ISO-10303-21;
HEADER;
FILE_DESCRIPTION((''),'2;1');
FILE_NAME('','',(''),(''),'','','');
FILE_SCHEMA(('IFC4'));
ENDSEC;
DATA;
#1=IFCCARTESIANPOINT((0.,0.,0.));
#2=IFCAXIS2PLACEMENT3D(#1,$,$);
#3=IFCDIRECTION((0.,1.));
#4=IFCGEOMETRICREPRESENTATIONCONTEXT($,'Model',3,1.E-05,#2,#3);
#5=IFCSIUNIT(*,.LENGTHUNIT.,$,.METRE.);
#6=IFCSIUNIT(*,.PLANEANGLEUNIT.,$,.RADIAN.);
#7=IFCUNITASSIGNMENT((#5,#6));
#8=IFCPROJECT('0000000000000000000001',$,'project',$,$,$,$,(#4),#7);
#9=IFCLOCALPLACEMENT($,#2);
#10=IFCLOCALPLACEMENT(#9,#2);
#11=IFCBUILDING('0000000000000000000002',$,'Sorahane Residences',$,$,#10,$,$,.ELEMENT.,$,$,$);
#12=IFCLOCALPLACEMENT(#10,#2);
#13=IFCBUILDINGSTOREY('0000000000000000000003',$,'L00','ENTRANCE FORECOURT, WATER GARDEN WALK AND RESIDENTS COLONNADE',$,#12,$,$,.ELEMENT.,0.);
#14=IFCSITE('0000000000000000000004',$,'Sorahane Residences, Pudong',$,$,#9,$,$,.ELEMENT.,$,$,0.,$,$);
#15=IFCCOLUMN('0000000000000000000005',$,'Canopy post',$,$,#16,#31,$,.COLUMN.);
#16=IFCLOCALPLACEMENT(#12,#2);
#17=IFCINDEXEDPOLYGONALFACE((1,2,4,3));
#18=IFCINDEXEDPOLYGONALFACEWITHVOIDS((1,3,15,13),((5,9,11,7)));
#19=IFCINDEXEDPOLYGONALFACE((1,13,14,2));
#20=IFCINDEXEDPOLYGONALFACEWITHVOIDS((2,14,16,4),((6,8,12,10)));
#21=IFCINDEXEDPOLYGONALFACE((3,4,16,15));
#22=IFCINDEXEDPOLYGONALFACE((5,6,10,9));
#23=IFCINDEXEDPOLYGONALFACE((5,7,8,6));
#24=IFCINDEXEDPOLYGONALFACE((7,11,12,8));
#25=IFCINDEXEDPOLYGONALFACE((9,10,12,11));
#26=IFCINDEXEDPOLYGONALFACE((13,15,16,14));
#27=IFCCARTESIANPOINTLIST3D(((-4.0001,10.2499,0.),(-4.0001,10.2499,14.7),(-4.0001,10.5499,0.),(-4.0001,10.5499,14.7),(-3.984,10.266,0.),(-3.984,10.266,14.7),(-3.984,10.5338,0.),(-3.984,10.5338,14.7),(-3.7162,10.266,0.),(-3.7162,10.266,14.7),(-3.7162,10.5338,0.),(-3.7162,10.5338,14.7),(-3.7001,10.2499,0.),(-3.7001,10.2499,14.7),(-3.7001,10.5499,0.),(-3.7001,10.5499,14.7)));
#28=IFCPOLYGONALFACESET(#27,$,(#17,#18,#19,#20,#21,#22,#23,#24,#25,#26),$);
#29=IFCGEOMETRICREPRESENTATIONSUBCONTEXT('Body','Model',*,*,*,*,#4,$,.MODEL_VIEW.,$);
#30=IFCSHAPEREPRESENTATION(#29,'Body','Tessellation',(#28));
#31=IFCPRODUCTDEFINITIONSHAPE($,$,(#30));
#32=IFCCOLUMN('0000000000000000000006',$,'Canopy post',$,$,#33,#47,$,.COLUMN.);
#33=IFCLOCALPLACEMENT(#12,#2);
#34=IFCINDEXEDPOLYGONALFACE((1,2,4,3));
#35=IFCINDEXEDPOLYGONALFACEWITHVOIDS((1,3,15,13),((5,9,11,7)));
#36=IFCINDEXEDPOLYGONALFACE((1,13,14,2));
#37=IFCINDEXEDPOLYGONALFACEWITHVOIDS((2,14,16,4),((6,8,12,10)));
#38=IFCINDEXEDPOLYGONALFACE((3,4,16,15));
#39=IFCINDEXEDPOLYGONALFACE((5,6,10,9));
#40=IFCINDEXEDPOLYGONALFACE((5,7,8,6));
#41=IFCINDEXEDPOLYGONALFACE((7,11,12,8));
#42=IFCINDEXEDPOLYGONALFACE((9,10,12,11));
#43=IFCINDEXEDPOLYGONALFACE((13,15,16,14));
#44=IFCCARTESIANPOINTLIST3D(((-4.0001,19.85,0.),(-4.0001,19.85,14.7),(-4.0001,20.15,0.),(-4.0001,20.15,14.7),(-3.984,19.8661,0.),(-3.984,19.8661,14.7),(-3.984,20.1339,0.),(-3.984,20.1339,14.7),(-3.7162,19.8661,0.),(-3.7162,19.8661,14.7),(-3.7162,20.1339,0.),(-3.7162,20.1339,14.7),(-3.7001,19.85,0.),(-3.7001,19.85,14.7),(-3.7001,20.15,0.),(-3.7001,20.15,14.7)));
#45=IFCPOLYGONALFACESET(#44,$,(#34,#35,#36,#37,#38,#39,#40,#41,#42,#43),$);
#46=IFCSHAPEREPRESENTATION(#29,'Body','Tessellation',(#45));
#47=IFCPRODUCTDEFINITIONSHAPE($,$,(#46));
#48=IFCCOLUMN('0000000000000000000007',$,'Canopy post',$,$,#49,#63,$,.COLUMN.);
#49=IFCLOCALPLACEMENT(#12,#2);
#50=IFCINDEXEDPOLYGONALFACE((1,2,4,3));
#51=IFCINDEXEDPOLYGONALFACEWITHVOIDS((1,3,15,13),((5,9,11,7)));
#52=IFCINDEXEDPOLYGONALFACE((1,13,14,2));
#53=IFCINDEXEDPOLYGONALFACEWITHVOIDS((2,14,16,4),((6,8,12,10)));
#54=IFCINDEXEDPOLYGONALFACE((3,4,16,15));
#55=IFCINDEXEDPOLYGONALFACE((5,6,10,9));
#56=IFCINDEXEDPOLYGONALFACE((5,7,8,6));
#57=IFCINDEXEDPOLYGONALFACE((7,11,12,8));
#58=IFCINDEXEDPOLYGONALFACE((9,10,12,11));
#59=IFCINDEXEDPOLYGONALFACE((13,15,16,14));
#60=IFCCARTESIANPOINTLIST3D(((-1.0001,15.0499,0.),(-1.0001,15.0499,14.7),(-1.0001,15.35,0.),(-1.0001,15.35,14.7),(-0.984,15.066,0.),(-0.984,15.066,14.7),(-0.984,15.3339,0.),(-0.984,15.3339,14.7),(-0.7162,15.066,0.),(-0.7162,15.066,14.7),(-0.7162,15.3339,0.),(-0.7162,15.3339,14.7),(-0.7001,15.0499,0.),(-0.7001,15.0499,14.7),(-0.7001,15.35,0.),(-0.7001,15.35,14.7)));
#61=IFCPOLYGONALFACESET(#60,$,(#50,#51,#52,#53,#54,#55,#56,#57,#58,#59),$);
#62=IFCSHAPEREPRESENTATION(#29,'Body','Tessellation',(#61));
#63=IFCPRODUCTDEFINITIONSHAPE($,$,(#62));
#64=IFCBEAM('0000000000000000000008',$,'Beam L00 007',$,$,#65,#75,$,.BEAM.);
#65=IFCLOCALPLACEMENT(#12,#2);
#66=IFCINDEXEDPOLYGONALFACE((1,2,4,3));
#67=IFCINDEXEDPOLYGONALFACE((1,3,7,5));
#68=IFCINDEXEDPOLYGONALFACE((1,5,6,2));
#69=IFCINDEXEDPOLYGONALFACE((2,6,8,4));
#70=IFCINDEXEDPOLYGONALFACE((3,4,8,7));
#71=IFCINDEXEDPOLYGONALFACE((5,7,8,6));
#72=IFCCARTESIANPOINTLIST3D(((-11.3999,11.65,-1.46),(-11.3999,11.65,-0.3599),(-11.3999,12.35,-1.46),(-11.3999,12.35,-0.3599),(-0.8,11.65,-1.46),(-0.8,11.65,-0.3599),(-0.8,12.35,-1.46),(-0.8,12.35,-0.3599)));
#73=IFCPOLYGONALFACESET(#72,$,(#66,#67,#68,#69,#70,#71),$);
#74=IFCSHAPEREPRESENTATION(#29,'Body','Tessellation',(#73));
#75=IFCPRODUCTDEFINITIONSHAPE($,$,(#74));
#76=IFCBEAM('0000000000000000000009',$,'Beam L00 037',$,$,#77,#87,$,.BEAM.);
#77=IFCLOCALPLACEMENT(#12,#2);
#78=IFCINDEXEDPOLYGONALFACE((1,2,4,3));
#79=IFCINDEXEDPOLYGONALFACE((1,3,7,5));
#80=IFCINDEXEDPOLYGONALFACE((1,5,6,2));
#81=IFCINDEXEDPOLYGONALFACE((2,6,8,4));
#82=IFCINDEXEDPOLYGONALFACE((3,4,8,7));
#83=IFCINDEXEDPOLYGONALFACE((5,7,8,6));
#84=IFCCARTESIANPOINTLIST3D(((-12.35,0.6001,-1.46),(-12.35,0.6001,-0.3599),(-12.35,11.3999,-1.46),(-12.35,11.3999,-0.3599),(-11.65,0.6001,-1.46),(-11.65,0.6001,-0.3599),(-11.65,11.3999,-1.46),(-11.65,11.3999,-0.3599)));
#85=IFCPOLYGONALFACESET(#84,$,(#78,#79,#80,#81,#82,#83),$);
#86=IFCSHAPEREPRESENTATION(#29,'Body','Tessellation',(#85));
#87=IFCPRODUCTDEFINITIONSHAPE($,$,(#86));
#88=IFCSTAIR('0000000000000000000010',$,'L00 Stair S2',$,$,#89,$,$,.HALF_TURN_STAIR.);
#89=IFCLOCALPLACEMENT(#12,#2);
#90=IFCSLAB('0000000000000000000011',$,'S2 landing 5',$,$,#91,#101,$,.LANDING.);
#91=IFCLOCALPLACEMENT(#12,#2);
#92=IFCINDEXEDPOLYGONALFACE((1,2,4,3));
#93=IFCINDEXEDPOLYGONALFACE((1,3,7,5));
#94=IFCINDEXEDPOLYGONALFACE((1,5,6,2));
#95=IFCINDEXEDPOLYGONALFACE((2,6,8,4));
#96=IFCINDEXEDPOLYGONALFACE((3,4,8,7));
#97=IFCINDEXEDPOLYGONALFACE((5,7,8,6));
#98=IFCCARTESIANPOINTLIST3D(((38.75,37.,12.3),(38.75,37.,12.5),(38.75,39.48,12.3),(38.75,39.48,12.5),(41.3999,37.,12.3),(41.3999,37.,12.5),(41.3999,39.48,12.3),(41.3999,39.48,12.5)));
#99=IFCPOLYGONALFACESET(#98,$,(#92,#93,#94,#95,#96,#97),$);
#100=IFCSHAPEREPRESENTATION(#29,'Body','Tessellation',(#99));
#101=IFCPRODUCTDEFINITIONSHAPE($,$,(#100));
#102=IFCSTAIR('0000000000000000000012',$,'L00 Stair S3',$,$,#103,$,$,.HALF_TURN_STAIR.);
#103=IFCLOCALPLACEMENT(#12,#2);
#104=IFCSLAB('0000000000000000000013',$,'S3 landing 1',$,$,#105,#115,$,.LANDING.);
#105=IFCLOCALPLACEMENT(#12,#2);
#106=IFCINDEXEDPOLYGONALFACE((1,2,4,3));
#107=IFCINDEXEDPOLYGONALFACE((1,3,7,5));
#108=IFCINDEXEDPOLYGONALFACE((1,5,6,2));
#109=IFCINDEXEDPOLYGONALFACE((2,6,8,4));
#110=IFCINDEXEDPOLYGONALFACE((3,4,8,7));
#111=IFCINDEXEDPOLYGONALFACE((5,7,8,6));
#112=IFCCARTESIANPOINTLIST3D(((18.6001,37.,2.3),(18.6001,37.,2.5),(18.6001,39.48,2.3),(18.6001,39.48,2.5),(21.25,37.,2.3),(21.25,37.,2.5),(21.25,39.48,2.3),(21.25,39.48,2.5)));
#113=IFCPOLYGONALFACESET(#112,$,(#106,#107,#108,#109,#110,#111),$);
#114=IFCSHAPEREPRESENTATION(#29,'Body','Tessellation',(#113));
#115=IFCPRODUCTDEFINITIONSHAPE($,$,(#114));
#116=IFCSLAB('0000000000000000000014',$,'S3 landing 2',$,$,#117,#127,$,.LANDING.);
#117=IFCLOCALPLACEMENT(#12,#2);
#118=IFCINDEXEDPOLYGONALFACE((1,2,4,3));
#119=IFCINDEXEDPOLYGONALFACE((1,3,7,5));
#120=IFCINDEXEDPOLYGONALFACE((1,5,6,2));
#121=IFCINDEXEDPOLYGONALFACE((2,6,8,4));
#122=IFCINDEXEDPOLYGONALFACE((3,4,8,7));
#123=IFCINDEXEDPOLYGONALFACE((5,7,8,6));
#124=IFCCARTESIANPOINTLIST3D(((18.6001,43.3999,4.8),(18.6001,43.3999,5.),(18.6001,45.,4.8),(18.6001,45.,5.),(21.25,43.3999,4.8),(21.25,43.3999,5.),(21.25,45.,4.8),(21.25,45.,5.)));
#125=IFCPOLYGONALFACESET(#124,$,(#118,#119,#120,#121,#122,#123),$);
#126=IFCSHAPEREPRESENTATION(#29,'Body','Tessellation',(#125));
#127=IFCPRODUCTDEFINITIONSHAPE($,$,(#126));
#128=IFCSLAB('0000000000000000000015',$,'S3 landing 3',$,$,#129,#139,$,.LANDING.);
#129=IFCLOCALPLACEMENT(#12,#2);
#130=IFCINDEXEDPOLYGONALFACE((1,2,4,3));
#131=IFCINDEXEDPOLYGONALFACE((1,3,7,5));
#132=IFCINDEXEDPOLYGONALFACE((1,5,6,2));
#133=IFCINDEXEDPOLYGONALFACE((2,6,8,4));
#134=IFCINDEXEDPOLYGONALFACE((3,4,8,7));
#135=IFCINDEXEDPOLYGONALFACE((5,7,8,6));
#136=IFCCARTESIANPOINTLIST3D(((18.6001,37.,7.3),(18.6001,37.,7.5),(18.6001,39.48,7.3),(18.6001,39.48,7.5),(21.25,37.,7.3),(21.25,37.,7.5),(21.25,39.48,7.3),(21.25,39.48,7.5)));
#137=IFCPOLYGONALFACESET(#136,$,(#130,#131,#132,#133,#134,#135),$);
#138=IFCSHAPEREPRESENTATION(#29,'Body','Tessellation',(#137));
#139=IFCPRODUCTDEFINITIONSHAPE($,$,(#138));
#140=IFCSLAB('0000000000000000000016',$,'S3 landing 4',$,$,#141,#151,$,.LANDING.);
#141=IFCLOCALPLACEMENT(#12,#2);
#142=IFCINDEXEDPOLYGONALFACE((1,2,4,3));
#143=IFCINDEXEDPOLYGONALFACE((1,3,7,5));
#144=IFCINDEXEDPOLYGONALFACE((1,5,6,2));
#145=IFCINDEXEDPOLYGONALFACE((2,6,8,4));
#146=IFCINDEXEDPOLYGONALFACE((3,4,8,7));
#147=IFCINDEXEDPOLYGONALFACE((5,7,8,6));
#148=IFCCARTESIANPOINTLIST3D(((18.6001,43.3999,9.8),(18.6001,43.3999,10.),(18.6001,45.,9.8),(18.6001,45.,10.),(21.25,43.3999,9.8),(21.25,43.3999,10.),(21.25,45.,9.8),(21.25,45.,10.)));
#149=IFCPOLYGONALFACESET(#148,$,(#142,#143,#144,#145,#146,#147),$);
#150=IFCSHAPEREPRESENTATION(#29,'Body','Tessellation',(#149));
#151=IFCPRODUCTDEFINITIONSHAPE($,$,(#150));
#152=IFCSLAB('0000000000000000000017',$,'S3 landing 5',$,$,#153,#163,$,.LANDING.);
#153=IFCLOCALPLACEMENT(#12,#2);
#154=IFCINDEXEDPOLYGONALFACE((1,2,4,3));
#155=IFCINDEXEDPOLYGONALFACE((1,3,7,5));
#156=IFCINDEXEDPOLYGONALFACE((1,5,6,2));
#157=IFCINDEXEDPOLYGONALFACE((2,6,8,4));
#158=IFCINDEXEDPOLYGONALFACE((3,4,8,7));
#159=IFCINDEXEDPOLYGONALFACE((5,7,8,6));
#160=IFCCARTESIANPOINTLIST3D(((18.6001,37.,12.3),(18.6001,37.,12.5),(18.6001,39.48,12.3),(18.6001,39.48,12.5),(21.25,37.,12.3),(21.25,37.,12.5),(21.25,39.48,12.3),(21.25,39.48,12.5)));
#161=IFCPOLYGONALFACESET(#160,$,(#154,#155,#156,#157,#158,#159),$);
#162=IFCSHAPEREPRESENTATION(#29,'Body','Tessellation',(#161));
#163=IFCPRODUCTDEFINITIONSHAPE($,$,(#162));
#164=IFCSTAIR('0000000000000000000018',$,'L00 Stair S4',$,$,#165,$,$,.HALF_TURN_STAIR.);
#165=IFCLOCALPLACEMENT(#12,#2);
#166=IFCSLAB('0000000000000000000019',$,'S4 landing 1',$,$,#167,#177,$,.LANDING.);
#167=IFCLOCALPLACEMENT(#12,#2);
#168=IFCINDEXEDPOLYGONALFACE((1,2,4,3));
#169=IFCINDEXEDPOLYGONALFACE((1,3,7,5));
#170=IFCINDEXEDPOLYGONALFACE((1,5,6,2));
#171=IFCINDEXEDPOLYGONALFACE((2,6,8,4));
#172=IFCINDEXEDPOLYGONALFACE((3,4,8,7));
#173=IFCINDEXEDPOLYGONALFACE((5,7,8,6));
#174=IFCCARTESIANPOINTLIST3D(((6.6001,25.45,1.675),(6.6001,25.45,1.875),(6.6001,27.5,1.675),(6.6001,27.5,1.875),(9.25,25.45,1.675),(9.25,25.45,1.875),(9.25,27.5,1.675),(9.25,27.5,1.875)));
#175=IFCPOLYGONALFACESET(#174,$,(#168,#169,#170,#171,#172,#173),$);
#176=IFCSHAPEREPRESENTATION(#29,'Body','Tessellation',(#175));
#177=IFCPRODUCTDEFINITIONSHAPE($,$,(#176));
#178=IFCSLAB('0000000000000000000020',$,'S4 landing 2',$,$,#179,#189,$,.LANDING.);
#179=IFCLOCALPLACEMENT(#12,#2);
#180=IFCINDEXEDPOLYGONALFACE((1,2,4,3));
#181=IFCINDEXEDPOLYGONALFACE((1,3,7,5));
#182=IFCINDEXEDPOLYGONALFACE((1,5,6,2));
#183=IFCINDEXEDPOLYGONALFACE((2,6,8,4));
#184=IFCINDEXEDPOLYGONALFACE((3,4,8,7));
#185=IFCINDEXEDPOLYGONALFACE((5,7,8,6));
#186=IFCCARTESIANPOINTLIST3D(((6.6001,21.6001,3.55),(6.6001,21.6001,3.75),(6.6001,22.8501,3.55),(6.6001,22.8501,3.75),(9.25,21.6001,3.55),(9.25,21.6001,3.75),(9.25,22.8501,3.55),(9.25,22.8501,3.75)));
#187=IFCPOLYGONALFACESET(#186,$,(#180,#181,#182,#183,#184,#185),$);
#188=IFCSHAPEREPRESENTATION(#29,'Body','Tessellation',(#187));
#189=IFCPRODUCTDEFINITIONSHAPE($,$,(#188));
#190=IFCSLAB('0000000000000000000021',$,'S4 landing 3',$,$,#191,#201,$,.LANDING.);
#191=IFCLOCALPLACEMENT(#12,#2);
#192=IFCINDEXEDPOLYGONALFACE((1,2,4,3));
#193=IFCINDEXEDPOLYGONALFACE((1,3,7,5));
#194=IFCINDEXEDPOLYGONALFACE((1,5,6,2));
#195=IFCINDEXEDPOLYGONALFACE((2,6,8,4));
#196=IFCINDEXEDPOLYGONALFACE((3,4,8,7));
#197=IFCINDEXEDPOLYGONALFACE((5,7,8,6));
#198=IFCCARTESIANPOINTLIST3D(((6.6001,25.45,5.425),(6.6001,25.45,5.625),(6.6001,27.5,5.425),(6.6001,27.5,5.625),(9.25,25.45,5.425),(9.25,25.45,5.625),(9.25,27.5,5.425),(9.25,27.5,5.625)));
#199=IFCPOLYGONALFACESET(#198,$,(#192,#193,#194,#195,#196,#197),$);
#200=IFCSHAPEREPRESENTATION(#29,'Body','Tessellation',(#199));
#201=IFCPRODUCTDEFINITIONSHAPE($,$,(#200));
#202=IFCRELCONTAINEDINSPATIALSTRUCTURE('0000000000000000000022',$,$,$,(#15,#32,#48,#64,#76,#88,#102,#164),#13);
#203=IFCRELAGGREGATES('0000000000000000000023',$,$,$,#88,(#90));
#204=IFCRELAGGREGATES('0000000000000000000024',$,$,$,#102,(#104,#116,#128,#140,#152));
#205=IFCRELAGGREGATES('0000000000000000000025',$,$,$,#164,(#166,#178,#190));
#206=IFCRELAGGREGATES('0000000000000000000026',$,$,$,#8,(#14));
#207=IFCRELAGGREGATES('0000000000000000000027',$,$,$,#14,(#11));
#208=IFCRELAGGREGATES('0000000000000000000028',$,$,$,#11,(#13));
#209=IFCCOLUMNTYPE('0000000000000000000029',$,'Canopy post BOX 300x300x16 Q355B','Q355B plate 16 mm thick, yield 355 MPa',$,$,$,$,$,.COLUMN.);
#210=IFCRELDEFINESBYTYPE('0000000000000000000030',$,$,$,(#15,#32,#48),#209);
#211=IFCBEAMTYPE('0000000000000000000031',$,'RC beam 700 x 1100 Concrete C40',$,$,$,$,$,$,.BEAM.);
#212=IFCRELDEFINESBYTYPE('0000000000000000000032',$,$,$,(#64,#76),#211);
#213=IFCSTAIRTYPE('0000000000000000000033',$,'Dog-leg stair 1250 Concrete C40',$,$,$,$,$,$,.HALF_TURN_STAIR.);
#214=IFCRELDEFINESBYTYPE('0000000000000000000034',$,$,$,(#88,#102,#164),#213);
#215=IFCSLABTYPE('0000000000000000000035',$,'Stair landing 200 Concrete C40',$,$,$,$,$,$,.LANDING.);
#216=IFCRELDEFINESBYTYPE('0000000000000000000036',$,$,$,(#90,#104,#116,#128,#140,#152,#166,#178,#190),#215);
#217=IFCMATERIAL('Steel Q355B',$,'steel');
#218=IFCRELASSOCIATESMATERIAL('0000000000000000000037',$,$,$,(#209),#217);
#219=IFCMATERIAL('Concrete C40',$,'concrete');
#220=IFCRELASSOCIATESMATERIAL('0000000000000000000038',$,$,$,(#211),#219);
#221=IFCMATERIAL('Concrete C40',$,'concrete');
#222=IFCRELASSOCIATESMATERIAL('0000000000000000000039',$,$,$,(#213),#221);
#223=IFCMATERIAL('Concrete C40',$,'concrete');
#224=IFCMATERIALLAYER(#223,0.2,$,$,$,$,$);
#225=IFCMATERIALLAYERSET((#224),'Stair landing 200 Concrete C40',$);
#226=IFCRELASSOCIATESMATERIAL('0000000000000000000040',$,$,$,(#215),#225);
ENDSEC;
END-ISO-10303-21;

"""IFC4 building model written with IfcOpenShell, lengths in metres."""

from ifc_helpers import new_model, si_unit, direction, frame, origin, origin_2d, place, context, subcontext, project, spatial, polyline, rectangle, hollow_rectangle, outline, extrude, material, layer, layer_set, material_profile, profile_set, type_object, element, aggregate, save


model = new_model("IFC4")

# Units and contexts
model_context = context("Model", 3, precision=1e-05, world=origin(), true_north=direction((0.0, 1.0)))
body_context = subcontext(model_context, "Body", "Model", "MODEL_VIEW")
ifc_project = project(units=[si_unit("LENGTHUNIT", "METRE"), si_unit("PLANEANGLEUNIT", "RADIAN")], contexts=[model_context])

# Site, building, storey
site_placement = place(None, origin())
site = spatial("IfcSite", under=ifc_project, at=site_placement, Name="Sorahane Residences, Pudong", CompositionType="ELEMENT", RefElevation=0.0)
building_placement = place(site_placement, origin())
building = spatial("IfcBuilding", under=site, at=building_placement, Name="Sorahane Residences", CompositionType="ELEMENT")
storey_placement = place(building_placement, origin())
storey = spatial("IfcBuildingStorey", under=building, at=storey_placement, Name="L00", Description="ENTRANCE FORECOURT, WATER GARDEN WALK AND RESIDENTS COLONNADE", CompositionType="ELEMENT", Elevation=0.0)

# Columns
ifc_material_1 = material(Name="Steel Q355B", Category="steel")
ifc_material_profile_1 = material_profile(ifc_material_1, hollow_rectangle(XDim=0.3, YDim=0.3, WallThickness=0.0161, at=origin_2d()), Name="BOX 300x300x16")
ifc_profile_set_1 = profile_set([ifc_material_profile_1], Name="Steel Q355B")
column_type = type_object("IfcColumnType", Name="Canopy post BOX 300x300x16 Q355B", Description="Q355B plate 16 mm thick, yield 355 MPa", PredefinedType="COLUMN", material=ifc_profile_set_1)
for number, where, z_axis, x_axis, name in (
    (1, (-3.8501, 10.3999, 0.0), (0.0, 0.0, 1.0), (1.0, 0.0, 0.0), "Canopy post"),
    (2, (-3.8501, 20.0, 0.0), (0.0, 0.0, 1.0), (1.0, 0.0, 0.0), "Canopy post"),
    (3, (-0.8501, 15.2, 0.0), (0.0, 0.0, 1.0), (1.0, 0.0, 0.0), "Canopy post"),
):
    element("IfcColumn", number, at=place(storey_placement, frame(where, z_axis=z_axis, x_axis=x_axis)), inside=storey, type_object=column_type, Name=name, PredefinedType="COLUMN", context=body_context, shape_type="SweptSolid", body=[
        extrude(hollow_rectangle(XDim=0.3, YDim=0.3, WallThickness=0.0161, at=origin_2d()), origin(), (0.0, 0.0, 1.0), 14.7),
    ])

# Beams
ifc_material_2 = material(Name="Concrete C40", Category="concrete")
ifc_material_profile_2 = material_profile(ifc_material_2, rectangle(XDim=0.7, YDim=1.1001, at=origin_2d()), Name="700x1100")
ifc_profile_set_2 = profile_set([ifc_material_profile_2], Name="Concrete C40")
beam_type = type_object("IfcBeamType", Name="RC beam 700 x 1100 Concrete C40", PredefinedType="BEAM", material=ifc_profile_set_2)
beam_1_placement = place(storey_placement, frame((-11.3999, 12.0, -0.9099), z_axis=(1.0, 0.0, 0.0), x_axis=(0.0, 1.0, 0.0)))
element("IfcBeam", 4, at=beam_1_placement, inside=storey, type_object=beam_type, Name="Beam L00 007", PredefinedType="BEAM", context=body_context, shape_type="SweptSolid", body=[
    extrude(rectangle(XDim=0.7, YDim=1.1001, at=origin_2d()), origin(), (0.0, 0.0, 1.0), 10.5999),
])
beam_2_placement = place(storey_placement, frame((-12.0, 0.6001, -0.9099), z_axis=(0.0, 1.0, 0.0), x_axis=(-1.0, 0.0, 0.0)))
element("IfcBeam", 5, at=beam_2_placement, inside=storey, type_object=beam_type, Name="Beam L00 037", PredefinedType="BEAM", context=body_context, shape_type="SweptSolid", body=[
    extrude(rectangle(XDim=0.7, YDim=1.1001, at=origin_2d()), origin(), (0.0, 0.0, 1.0), 10.7998),
])

# Stair, slab
ifc_material_3 = material(Name="Concrete C40", Category="concrete")
stair_type = type_object("IfcStairType", Name="Dog-leg stair 1250 Concrete C40", PredefinedType="HALF_TURN_STAIR", material=ifc_material_3)
stair_1_placement = place(storey_placement, origin())
stair_1 = element("IfcStair", 6, at=stair_1_placement, inside=storey, type_object=stair_type, Name="L00 Stair S2", PredefinedType="HALF_TURN_STAIR")
ifc_material_4 = material(Name="Concrete C40", Category="concrete")
ifc_layer_1 = layer(ifc_material_4, 0.2)
ifc_layer_set_1 = layer_set([ifc_layer_1], Name="Stair landing 200 Concrete C40")
slab_type = type_object("IfcSlabType", Name="Stair landing 200 Concrete C40", PredefinedType="LANDING", material=ifc_layer_set_1)
slab_1_placement = place(storey_placement, frame((0.0, 0.0, 12.3)))
slab_1 = element("IfcSlab", 7, at=slab_1_placement, type_object=slab_type, Name="S2 landing 5", PredefinedType="LANDING", context=body_context, shape_type="SweptSolid", body=[
    extrude(outline(polyline([(38.75, 39.48), (38.75, 37.0), (41.3999, 37.0), (41.3999, 39.48), (38.75, 39.48)])), origin(), (0.0, 0.0, 1.0), 0.2),
])
aggregate(stair_1, [slab_1])

# Stairs, slabs
stair_2_placement = place(storey_placement, origin())
stair_2 = element("IfcStair", 8, at=stair_2_placement, inside=storey, type_object=stair_type, Name="L00 Stair S3", PredefinedType="HALF_TURN_STAIR")
slab_2_placement = place(storey_placement, frame((0.0, 0.0, 2.3)))
slab_2 = element("IfcSlab", 9, at=slab_2_placement, type_object=slab_type, Name="S3 landing 1", PredefinedType="LANDING", context=body_context, shape_type="SweptSolid", body=[
    extrude(outline(polyline([(18.6001, 39.48), (18.6001, 37.0), (21.25, 37.0), (21.25, 39.48), (18.6001, 39.48)])), origin(), (0.0, 0.0, 1.0), 0.2),
])
slab_3_placement = place(storey_placement, frame((0.0, 0.0, 4.8)))
slab_3 = element("IfcSlab", 10, at=slab_3_placement, type_object=slab_type, Name="S3 landing 2", PredefinedType="LANDING", context=body_context, shape_type="SweptSolid", body=[
    extrude(outline(polyline([(18.6001, 45.0), (18.6001, 43.3999), (21.25, 43.3999), (21.25, 45.0), (18.6001, 45.0)])), origin(), (0.0, 0.0, 1.0), 0.2),
])
slab_4_placement = place(storey_placement, frame((0.0, 0.0, 7.3)))
slab_4 = element("IfcSlab", 11, at=slab_4_placement, type_object=slab_type, Name="S3 landing 3", PredefinedType="LANDING", context=body_context, shape_type="SweptSolid", body=[
    extrude(outline(polyline([(18.6001, 39.48), (18.6001, 37.0), (21.25, 37.0), (21.25, 39.48), (18.6001, 39.48)])), origin(), (0.0, 0.0, 1.0), 0.2),
])
slab_5_placement = place(storey_placement, frame((0.0, 0.0, 9.8)))
slab_5 = element("IfcSlab", 12, at=slab_5_placement, type_object=slab_type, Name="S3 landing 4", PredefinedType="LANDING", context=body_context, shape_type="SweptSolid", body=[
    extrude(outline(polyline([(18.6001, 45.0), (18.6001, 43.3999), (21.25, 43.3999), (21.25, 45.0), (18.6001, 45.0)])), origin(), (0.0, 0.0, 1.0), 0.2),
])
slab_6_placement = place(storey_placement, frame((0.0, 0.0, 12.3)))
slab_6 = element("IfcSlab", 13, at=slab_6_placement, type_object=slab_type, Name="S3 landing 5", PredefinedType="LANDING", context=body_context, shape_type="SweptSolid", body=[
    extrude(outline(polyline([(18.6001, 39.48), (18.6001, 37.0), (21.25, 37.0), (21.25, 39.48), (18.6001, 39.48)])), origin(), (0.0, 0.0, 1.0), 0.2),
])
aggregate(stair_2, [slab_2, slab_3, slab_4, slab_5, slab_6])
stair_3_placement = place(storey_placement, origin())
stair_3 = element("IfcStair", 14, at=stair_3_placement, inside=storey, type_object=stair_type, Name="L00 Stair S4", PredefinedType="HALF_TURN_STAIR")
slab_7_placement = place(storey_placement, frame((0.0, 0.0, 1.675)))
slab_7 = element("IfcSlab", 15, at=slab_7_placement, type_object=slab_type, Name="S4 landing 1", PredefinedType="LANDING", context=body_context, shape_type="SweptSolid", body=[
    extrude(outline(polyline([(9.25, 25.45), (9.25, 27.5), (6.6001, 27.5), (6.6001, 25.45), (9.25, 25.45)])), origin(), (0.0, 0.0, 1.0), 0.2),
])
slab_8_placement = place(storey_placement, frame((0.0, 0.0, 3.55)))
slab_8 = element("IfcSlab", 16, at=slab_8_placement, type_object=slab_type, Name="S4 landing 2", PredefinedType="LANDING", context=body_context, shape_type="SweptSolid", body=[
    extrude(outline(polyline([(9.25, 21.6001), (9.25, 22.8501), (6.6001, 22.8501), (6.6001, 21.6001), (9.25, 21.6001)])), origin(), (0.0, 0.0, 1.0), 0.2),
])
slab_9_placement = place(storey_placement, frame((0.0, 0.0, 5.425)))
slab_9 = element("IfcSlab", 17, at=slab_9_placement, type_object=slab_type, Name="S4 landing 3", PredefinedType="LANDING", context=body_context, shape_type="SweptSolid", body=[
    extrude(outline(polyline([(9.25, 25.45), (9.25, 27.5), (6.6001, 27.5), (6.6001, 25.45), (9.25, 25.45)])), origin(), (0.0, 0.0, 1.0), 0.2),
])
aggregate(stair_3, [slab_7, slab_8, slab_9])

save(model, "model.ifc")
